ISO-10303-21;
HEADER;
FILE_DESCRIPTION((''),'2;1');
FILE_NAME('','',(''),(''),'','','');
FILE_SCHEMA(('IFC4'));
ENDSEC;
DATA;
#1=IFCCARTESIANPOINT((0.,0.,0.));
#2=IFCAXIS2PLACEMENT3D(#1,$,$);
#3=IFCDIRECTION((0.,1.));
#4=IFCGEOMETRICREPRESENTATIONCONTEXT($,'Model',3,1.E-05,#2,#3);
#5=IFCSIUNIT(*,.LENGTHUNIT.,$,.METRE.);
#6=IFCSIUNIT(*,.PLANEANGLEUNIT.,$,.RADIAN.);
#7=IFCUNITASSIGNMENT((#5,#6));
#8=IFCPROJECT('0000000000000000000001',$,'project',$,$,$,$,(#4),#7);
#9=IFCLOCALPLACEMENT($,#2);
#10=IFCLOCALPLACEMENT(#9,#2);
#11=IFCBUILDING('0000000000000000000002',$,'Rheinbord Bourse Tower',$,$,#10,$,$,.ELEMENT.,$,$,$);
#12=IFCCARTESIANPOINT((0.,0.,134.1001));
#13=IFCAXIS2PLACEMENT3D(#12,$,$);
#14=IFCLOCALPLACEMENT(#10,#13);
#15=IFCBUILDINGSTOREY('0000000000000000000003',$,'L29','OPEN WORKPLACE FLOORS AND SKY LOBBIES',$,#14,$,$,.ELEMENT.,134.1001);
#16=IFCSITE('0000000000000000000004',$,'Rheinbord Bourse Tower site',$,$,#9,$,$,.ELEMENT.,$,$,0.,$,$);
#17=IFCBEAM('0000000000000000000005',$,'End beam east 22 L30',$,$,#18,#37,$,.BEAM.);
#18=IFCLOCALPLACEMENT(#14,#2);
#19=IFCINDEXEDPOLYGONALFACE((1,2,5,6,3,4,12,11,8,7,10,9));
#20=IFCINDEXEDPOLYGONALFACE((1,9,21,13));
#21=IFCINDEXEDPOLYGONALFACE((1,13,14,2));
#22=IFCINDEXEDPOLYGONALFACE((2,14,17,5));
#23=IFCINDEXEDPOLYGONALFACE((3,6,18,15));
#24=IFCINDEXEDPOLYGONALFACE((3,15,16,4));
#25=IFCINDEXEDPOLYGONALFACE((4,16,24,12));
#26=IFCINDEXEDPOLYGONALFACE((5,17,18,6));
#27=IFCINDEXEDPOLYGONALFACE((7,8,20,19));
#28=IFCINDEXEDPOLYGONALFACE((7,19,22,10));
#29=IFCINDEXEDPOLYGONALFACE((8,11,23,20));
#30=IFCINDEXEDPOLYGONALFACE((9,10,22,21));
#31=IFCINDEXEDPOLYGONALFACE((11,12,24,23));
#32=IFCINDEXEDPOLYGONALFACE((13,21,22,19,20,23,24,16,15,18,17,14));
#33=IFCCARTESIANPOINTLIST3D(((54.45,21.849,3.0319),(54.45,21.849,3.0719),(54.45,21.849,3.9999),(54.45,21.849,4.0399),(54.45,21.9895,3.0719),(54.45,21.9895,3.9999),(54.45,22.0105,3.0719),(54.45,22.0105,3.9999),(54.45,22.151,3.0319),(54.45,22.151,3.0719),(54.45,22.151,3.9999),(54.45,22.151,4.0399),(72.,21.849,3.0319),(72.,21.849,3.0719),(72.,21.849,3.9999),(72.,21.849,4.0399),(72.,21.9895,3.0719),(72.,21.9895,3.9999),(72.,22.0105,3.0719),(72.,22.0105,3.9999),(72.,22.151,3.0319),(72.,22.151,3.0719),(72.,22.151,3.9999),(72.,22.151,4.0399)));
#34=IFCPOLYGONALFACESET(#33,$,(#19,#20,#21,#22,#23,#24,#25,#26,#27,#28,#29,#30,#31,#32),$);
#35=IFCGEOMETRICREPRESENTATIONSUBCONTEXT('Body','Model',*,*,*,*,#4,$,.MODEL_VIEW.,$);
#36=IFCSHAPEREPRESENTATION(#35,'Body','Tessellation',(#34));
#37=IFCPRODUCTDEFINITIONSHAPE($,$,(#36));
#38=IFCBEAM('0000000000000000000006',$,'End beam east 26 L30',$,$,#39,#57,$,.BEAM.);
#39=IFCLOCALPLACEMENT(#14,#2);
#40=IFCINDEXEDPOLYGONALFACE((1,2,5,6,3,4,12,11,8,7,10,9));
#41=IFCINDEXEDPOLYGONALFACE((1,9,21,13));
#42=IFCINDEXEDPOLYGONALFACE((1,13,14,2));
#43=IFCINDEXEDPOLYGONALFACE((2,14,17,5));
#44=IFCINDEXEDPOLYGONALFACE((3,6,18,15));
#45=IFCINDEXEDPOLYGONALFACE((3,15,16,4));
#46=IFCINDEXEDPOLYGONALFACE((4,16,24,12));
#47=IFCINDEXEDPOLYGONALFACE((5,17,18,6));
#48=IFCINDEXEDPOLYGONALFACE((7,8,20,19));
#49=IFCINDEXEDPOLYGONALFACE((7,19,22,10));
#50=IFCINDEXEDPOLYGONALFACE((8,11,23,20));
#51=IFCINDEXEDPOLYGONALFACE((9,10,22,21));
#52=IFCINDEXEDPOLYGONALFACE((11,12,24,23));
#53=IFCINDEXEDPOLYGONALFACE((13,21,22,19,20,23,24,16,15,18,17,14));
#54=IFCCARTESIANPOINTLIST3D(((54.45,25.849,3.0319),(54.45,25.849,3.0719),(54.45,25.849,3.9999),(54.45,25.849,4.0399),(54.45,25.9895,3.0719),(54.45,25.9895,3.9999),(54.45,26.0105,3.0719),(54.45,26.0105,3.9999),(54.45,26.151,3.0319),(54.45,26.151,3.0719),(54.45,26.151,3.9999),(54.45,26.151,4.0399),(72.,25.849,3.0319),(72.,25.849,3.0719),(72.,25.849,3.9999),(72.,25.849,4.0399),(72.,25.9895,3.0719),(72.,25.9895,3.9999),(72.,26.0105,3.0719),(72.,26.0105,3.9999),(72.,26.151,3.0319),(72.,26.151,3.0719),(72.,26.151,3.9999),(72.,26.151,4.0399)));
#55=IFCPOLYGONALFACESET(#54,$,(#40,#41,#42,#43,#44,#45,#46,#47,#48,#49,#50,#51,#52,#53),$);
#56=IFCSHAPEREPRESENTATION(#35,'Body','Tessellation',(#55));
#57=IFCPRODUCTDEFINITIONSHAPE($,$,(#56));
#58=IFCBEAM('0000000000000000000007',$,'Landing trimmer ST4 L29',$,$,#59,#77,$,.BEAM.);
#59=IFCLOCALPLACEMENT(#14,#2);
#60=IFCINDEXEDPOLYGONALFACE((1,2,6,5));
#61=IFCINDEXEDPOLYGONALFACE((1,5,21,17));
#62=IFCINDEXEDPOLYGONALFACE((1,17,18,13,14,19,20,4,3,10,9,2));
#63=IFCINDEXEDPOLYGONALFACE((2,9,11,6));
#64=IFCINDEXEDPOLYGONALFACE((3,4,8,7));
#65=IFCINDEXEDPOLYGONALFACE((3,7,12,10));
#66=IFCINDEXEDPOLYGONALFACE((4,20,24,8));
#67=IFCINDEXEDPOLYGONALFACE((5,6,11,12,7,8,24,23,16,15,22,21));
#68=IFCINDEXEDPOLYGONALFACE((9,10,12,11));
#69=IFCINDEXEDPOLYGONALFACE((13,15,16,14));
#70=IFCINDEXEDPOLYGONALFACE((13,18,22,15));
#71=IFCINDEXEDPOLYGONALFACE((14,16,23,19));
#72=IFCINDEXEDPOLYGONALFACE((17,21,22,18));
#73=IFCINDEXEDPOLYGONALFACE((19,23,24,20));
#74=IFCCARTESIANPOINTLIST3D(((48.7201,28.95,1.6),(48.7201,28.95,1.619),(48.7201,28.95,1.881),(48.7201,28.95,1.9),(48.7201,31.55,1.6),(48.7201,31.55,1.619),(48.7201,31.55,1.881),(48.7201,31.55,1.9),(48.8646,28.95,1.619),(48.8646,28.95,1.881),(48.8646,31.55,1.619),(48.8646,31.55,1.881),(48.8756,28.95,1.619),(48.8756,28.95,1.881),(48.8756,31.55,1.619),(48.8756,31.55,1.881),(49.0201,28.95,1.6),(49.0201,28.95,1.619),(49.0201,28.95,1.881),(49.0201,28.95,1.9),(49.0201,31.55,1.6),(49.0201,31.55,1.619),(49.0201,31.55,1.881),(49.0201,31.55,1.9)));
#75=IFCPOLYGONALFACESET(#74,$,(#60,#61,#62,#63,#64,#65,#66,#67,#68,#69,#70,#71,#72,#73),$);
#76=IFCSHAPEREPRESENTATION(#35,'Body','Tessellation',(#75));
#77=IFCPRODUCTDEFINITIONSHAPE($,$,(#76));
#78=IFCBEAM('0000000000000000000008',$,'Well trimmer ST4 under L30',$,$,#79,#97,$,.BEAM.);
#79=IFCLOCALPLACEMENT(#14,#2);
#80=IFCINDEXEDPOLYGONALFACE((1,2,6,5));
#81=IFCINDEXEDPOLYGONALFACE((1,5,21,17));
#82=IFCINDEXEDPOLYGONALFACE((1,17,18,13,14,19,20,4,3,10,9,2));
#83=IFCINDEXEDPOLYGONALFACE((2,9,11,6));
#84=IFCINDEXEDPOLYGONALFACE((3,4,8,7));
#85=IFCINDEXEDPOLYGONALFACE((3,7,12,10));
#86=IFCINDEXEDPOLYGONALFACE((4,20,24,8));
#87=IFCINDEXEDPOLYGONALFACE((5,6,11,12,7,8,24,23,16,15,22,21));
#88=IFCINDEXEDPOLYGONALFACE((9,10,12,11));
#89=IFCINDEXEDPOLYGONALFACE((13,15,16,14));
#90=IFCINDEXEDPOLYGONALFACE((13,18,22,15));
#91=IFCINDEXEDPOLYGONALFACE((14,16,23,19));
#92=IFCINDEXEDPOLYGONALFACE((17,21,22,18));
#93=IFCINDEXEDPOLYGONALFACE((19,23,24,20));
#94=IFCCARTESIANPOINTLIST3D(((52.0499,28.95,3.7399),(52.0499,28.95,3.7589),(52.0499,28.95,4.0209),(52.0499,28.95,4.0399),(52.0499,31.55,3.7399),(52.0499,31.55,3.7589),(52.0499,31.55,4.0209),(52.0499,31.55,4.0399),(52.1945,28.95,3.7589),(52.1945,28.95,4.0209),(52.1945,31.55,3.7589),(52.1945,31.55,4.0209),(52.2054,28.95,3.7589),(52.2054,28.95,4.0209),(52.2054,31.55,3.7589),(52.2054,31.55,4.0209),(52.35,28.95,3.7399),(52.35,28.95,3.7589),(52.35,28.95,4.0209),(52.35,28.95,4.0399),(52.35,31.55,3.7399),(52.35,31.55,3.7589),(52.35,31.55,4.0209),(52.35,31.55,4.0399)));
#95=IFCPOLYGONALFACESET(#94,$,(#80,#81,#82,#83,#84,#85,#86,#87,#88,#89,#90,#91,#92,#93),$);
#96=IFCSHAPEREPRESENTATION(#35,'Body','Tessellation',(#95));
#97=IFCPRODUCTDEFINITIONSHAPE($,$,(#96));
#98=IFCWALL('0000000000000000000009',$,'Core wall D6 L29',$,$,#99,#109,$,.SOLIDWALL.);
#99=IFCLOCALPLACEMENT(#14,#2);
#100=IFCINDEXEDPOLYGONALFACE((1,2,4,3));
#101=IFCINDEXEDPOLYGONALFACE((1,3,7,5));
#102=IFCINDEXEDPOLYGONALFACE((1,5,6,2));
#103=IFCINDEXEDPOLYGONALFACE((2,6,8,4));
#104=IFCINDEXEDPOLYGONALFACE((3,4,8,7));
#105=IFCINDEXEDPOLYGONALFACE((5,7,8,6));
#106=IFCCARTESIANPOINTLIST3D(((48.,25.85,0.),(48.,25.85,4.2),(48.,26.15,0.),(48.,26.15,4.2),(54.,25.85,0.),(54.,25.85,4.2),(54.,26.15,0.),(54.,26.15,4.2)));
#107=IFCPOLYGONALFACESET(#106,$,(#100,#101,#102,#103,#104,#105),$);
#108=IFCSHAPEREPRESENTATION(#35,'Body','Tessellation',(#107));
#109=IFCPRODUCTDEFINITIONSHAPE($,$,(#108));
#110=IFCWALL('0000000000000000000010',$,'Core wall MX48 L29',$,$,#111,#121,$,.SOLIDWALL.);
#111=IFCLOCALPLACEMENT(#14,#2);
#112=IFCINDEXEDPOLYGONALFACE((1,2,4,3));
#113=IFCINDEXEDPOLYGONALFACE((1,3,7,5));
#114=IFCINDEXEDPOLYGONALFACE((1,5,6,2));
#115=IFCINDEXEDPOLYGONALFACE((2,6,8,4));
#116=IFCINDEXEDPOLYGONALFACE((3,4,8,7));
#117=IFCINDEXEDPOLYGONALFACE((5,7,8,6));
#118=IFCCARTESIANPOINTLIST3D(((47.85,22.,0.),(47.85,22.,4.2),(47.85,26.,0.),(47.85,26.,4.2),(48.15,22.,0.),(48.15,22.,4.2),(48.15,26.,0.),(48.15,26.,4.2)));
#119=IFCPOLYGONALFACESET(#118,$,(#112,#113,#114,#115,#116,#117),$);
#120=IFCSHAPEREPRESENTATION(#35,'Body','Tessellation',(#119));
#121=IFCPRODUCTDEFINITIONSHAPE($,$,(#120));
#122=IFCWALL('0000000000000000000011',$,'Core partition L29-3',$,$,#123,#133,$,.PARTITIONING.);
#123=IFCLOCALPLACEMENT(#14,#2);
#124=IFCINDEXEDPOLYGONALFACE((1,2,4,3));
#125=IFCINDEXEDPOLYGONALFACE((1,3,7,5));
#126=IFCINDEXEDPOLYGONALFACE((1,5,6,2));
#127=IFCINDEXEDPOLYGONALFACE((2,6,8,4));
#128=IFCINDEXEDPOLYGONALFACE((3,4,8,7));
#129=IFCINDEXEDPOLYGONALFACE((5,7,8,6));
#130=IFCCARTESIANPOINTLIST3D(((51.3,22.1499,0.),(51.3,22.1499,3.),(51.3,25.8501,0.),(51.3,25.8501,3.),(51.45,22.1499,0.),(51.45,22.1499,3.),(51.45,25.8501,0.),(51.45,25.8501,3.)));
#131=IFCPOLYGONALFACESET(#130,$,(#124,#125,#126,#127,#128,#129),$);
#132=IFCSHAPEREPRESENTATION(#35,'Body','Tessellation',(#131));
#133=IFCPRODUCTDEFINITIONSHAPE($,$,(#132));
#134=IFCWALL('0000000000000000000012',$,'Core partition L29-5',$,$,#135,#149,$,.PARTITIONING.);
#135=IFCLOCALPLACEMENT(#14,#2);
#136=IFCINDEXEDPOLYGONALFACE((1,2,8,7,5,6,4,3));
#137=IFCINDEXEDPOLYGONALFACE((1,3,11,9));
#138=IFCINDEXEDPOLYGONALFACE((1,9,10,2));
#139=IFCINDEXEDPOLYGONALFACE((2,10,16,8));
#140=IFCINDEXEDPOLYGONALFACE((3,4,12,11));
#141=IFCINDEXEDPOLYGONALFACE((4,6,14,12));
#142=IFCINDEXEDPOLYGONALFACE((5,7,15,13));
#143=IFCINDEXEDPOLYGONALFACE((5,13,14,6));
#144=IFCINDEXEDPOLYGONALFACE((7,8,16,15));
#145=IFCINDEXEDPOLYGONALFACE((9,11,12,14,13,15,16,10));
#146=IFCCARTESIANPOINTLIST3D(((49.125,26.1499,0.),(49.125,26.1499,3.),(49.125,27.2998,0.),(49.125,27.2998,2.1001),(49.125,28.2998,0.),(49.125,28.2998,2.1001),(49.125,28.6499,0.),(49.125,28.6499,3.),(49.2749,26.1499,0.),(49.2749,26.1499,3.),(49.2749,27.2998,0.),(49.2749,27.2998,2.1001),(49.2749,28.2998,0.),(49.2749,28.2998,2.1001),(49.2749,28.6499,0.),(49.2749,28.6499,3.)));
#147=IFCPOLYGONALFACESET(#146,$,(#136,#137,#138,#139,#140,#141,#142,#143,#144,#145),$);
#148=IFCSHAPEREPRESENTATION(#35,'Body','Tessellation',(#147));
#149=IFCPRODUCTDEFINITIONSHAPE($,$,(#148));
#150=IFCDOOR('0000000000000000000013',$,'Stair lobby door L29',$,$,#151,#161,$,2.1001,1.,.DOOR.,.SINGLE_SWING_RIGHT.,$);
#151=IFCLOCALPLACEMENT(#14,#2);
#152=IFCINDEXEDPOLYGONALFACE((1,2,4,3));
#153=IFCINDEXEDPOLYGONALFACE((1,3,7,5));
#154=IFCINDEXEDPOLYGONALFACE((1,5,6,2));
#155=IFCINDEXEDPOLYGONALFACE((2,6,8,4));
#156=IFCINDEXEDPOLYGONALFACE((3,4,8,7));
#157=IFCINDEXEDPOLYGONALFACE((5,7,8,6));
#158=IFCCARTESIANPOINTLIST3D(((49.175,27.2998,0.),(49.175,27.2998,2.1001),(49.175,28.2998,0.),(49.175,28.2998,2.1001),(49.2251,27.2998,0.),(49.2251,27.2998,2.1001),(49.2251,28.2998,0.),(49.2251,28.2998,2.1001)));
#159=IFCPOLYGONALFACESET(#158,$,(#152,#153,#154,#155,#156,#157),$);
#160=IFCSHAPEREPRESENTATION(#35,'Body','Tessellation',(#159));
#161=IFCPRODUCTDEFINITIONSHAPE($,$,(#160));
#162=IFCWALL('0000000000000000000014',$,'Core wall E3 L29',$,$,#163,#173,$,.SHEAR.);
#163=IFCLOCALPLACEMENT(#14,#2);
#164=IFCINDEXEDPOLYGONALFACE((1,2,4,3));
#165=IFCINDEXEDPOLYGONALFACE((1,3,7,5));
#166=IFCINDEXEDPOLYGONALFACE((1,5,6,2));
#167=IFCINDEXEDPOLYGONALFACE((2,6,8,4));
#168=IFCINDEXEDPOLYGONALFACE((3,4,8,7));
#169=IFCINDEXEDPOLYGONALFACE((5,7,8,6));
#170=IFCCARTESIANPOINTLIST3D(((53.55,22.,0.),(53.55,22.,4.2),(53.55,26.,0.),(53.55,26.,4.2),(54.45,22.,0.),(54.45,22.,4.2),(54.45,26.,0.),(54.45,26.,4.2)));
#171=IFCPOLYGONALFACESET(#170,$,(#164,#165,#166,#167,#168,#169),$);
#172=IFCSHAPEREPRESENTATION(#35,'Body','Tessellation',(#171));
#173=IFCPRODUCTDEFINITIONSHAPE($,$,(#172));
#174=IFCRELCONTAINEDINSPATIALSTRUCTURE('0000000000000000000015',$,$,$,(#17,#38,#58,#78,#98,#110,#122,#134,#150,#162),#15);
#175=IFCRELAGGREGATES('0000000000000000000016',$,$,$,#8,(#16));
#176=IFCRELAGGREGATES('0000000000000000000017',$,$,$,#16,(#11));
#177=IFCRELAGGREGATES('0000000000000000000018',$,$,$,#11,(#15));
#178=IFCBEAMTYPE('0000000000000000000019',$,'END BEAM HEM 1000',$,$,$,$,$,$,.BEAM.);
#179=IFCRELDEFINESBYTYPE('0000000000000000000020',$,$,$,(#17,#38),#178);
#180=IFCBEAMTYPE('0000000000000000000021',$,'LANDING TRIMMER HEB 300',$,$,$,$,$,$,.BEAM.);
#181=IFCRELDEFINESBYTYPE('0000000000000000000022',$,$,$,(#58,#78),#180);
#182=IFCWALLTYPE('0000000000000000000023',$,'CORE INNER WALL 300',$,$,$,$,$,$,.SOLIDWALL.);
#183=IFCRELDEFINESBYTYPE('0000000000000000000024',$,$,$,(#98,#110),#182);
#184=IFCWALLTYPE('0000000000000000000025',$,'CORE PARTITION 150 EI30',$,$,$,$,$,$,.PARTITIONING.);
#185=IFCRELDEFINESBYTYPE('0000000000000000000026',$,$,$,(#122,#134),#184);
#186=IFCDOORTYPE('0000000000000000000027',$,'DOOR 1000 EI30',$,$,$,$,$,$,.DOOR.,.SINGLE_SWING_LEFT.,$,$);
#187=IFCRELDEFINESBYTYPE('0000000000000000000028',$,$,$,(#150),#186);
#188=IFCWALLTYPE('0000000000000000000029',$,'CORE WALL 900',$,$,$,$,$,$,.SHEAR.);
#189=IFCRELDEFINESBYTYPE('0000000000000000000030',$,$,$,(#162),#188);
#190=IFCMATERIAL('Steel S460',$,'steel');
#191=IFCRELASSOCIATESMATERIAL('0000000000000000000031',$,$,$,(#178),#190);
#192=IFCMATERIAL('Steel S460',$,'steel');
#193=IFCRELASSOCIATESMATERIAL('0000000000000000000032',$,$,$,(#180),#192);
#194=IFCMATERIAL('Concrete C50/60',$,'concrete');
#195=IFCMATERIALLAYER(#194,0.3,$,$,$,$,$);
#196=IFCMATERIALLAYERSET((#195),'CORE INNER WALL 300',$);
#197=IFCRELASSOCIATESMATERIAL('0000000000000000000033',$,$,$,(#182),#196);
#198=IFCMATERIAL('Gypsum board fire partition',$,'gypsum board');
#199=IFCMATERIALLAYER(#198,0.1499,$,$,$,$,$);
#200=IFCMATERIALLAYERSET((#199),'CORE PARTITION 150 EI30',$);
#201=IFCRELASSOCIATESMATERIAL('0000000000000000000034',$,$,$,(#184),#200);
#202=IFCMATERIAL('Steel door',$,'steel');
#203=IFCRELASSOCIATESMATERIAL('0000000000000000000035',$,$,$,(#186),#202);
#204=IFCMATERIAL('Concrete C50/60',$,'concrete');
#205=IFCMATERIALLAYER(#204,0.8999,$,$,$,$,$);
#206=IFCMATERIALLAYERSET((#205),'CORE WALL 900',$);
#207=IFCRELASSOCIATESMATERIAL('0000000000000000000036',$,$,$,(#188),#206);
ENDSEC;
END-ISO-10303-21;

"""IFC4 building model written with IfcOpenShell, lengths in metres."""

from ifc_helpers import new_model, si_unit, direction, frame, frame_2d, origin, origin_2d, place, context, subcontext, project, spatial, rectangle, i_section, extrude, material, layer, layer_set, material_profile, profile_set, type_object, element, fill, save


model = new_model("IFC4")

# Units and contexts
model_context = context("Model", 3, precision=1e-05, world=origin(), true_north=direction((0.0, 1.0)))
body_context = subcontext(model_context, "Body", "Model", "MODEL_VIEW")
ifc_project = project(units=[si_unit("LENGTHUNIT", "METRE"), si_unit("PLANEANGLEUNIT", "RADIAN")], contexts=[model_context])

# Site, building, storey
site_placement = place(None, origin())
site = spatial("IfcSite", under=ifc_project, at=site_placement, Name="Rheinbord Bourse Tower site", CompositionType="ELEMENT", RefElevation=0.0)
building_placement = place(site_placement, origin())
building = spatial("IfcBuilding", under=site, at=building_placement, Name="Rheinbord Bourse Tower", CompositionType="ELEMENT")
storey_placement = place(building_placement, frame((0.0, 0.0, 134.1001)))
storey = spatial("IfcBuildingStorey", under=building, at=storey_placement, Name="L29", Description="OPEN WORKPLACE FLOORS AND SKY LOBBIES", CompositionType="ELEMENT", Elevation=134.1001)

# Beams
ifc_material_1 = material(Name="Steel S460", Category="steel")
ifc_material_profile_1 = material_profile(ifc_material_1, i_section(OverallWidth=0.302, OverallDepth=1.0081, WebThickness=0.021, FlangeThickness=0.04, at=origin_2d()), Name="HEM 1000")
ifc_profile_set_1 = profile_set([ifc_material_profile_1], Name="Steel S460")
beam_type_1 = type_object("IfcBeamType", Name="END BEAM HEM 1000", PredefinedType="BEAM", material=ifc_profile_set_1)
for number, where, z_axis, x_axis, name in (
    (1, (54.45, 22.0, 3.5359), (1.0, 0.0, 0.0), (0.0, 1.0, 0.0), "End beam east 22 L30"),
    (2, (54.45, 26.0, 3.5359), (1.0, 0.0, 0.0), (0.0, 1.0, 0.0), "End beam east 26 L30"),
):
    element("IfcBeam", number, at=place(storey_placement, frame(where, z_axis=z_axis, x_axis=x_axis)), inside=storey, type_object=beam_type_1, Name=name, PredefinedType="BEAM", context=body_context, shape_type="SweptSolid", body=[
        extrude(i_section(OverallWidth=0.302, OverallDepth=1.0081, WebThickness=0.021, FlangeThickness=0.04, at=origin_2d()), origin(), (0.0, 0.0, 1.0), 17.55),
    ])
ifc_material_2 = material(Name="Steel S460", Category="steel")
ifc_material_profile_2 = material_profile(ifc_material_2, i_section(OverallWidth=0.3, OverallDepth=0.3, WebThickness=0.011, FlangeThickness=0.019, at=origin_2d()), Name="HEB 300")
ifc_profile_set_2 = profile_set([ifc_material_profile_2], Name="Steel S460")
beam_type_2 = type_object("IfcBeamType", Name="LANDING TRIMMER HEB 300", PredefinedType="BEAM", material=ifc_profile_set_2)
for number, where, z_axis, x_axis, name in (
    (3, (48.8701, 28.95, 1.75), (0.0, 1.0, 0.0), (-1.0, 0.0, 0.0), "Landing trimmer ST4 L29"),
    (4, (52.2, 28.95, 3.8899), (0.0, 1.0, 0.0), (-1.0, 0.0, 0.0), "Well trimmer ST4 under L30"),
):
    element("IfcBeam", number, at=place(storey_placement, frame(where, z_axis=z_axis, x_axis=x_axis)), inside=storey, type_object=beam_type_2, Name=name, PredefinedType="BEAM", context=body_context, shape_type="SweptSolid", body=[
        extrude(i_section(OverallWidth=0.3, OverallDepth=0.3, WebThickness=0.011, FlangeThickness=0.019, at=origin_2d()), origin(), (0.0, 0.0, 1.0), 2.6001),
    ])

# Walls
ifc_material_3 = material(Name="Concrete C50/60", Category="concrete")
ifc_layer_1 = layer(ifc_material_3, 0.3)
ifc_layer_set_1 = layer_set([ifc_layer_1], Name="CORE INNER WALL 300")
wall_type_1 = type_object("IfcWallType", Name="CORE INNER WALL 300", PredefinedType="SOLIDWALL", material=ifc_layer_set_1)
wall_1_placement = place(storey_placement, frame((48.0, 26.0, 0.0), z_axis=(0.0, 0.0, 1.0), x_axis=(1.0, 0.0, 0.0)))
element("IfcWall", 5, at=wall_1_placement, inside=storey, type_object=wall_type_1, Name="Core wall D6 L29", PredefinedType="SOLIDWALL", context=body_context, shape_type="SweptSolid", body=[
    extrude(rectangle(XDim=6.0, YDim=0.3, at=frame_2d((3.0, 0.0))), origin(), (0.0, 0.0, 1.0), 4.2),
])
wall_2_placement = place(storey_placement, frame((48.0, 22.0, 0.0), z_axis=(0.0, 0.0, 1.0), x_axis=(0.0, 1.0, 0.0)))
element("IfcWall", 6, at=wall_2_placement, inside=storey, type_object=wall_type_1, Name="Core wall MX48 L29", PredefinedType="SOLIDWALL", context=body_context, shape_type="SweptSolid", body=[
    extrude(rectangle(XDim=4.0, YDim=0.3, at=frame_2d((2.0, 0.0))), origin(), (0.0, 0.0, 1.0), 4.2),
])
ifc_material_4 = material(Name="Gypsum board fire partition", Category="gypsum board")
ifc_layer_2 = layer(ifc_material_4, 0.1499)
ifc_layer_set_2 = layer_set([ifc_layer_2], Name="CORE PARTITION 150 EI30")
wall_type_2 = type_object("IfcWallType", Name="CORE PARTITION 150 EI30", PredefinedType="PARTITIONING", material=ifc_layer_set_2)
wall_3_placement = place(storey_placement, frame((51.375, 22.1499, 0.0), z_axis=(0.0, 0.0, 1.0), x_axis=(0.0, 1.0, 0.0)))
element("IfcWall", 7, at=wall_3_placement, inside=storey, type_object=wall_type_2, Name="Core partition L29-3", PredefinedType="PARTITIONING", context=body_context, shape_type="SweptSolid", body=[
    extrude(rectangle(XDim=3.7002, YDim=0.1499, at=frame_2d((1.8501, 0.0))), origin(), (0.0, 0.0, 1.0), 3.0),
])

# Wall, opening, door
wall_4_placement = place(storey_placement, frame((49.2, 26.1499, 0.0), z_axis=(0.0, 0.0, 1.0), x_axis=(0.0, 1.0, 0.0)))
wall_4 = element("IfcWall", 8, at=wall_4_placement, inside=storey, type_object=wall_type_2, Name="Core partition L29-5", PredefinedType="PARTITIONING", context=body_context, shape_type="SweptSolid", body=[
    extrude(rectangle(XDim=2.5, YDim=0.1499, at=frame_2d((1.25, 0.0))), origin(), (0.0, 0.0, 1.0), 3.0),
])
opening_1_placement = place(wall_4_placement, frame((1.1499, 0.0, 0.0)))
opening_1 = element("IfcOpeningElement", 9, at=opening_1_placement, cuts=wall_4, PredefinedType="OPENING", context=body_context, shape_type="SweptSolid", body=[
    extrude(rectangle(XDim=1.0, YDim=2.1001, at=frame_2d((0.5, 1.05))), frame((0.0, 0.085, 0.0), z_axis=(0.0, -1.0, 0.0), x_axis=(1.0, 0.0, 0.0)), (0.0, 0.0, 1.0), 0.1699),
])
ifc_material_5 = material(Name="Steel door", Category="steel")
door_type_1 = type_object("IfcDoorType", Name="DOOR 1000 EI30", OperationType="SINGLE_SWING_LEFT", PredefinedType="DOOR", material=ifc_material_5)
door_1_placement = place(opening_1_placement, origin())
door_1 = element("IfcDoor", 10, at=door_1_placement, inside=storey, type_object=door_type_1, Name="Stair lobby door L29", OperationType="SINGLE_SWING_RIGHT", OverallHeight=2.1001, OverallWidth=1.0, PredefinedType="DOOR", context=body_context, shape_type="SweptSolid", body=[
    extrude(rectangle(XDim=1.0, YDim=2.1001, at=frame_2d((0.5, 1.05))), frame((0.0, 0.0249, 0.0), z_axis=(0.0, -1.0, 0.0), x_axis=(1.0, 0.0, 0.0)), (0.0, 0.0, 1.0), 0.05),
])
fill(opening_1, door_1)

# Wall
ifc_material_6 = material(Name="Concrete C50/60", Category="concrete")
ifc_layer_3 = layer(ifc_material_6, 0.8999)
ifc_layer_set_3 = layer_set([ifc_layer_3], Name="CORE WALL 900")
wall_type_3 = type_object("IfcWallType", Name="CORE WALL 900", PredefinedType="SHEAR", material=ifc_layer_set_3)
wall_5_placement = place(storey_placement, frame((54.0, 22.0, 0.0), z_axis=(0.0, 0.0, 1.0), x_axis=(0.0, 1.0, 0.0)))
element("IfcWall", 11, at=wall_5_placement, inside=storey, type_object=wall_type_3, Name="Core wall E3 L29", PredefinedType="SHEAR", context=body_context, shape_type="SweptSolid", body=[
    extrude(rectangle(XDim=4.0, YDim=0.8999, at=frame_2d((2.0, 0.0))), origin(), (0.0, 0.0, 1.0), 4.2),
])

save(model, "model.ifc")
